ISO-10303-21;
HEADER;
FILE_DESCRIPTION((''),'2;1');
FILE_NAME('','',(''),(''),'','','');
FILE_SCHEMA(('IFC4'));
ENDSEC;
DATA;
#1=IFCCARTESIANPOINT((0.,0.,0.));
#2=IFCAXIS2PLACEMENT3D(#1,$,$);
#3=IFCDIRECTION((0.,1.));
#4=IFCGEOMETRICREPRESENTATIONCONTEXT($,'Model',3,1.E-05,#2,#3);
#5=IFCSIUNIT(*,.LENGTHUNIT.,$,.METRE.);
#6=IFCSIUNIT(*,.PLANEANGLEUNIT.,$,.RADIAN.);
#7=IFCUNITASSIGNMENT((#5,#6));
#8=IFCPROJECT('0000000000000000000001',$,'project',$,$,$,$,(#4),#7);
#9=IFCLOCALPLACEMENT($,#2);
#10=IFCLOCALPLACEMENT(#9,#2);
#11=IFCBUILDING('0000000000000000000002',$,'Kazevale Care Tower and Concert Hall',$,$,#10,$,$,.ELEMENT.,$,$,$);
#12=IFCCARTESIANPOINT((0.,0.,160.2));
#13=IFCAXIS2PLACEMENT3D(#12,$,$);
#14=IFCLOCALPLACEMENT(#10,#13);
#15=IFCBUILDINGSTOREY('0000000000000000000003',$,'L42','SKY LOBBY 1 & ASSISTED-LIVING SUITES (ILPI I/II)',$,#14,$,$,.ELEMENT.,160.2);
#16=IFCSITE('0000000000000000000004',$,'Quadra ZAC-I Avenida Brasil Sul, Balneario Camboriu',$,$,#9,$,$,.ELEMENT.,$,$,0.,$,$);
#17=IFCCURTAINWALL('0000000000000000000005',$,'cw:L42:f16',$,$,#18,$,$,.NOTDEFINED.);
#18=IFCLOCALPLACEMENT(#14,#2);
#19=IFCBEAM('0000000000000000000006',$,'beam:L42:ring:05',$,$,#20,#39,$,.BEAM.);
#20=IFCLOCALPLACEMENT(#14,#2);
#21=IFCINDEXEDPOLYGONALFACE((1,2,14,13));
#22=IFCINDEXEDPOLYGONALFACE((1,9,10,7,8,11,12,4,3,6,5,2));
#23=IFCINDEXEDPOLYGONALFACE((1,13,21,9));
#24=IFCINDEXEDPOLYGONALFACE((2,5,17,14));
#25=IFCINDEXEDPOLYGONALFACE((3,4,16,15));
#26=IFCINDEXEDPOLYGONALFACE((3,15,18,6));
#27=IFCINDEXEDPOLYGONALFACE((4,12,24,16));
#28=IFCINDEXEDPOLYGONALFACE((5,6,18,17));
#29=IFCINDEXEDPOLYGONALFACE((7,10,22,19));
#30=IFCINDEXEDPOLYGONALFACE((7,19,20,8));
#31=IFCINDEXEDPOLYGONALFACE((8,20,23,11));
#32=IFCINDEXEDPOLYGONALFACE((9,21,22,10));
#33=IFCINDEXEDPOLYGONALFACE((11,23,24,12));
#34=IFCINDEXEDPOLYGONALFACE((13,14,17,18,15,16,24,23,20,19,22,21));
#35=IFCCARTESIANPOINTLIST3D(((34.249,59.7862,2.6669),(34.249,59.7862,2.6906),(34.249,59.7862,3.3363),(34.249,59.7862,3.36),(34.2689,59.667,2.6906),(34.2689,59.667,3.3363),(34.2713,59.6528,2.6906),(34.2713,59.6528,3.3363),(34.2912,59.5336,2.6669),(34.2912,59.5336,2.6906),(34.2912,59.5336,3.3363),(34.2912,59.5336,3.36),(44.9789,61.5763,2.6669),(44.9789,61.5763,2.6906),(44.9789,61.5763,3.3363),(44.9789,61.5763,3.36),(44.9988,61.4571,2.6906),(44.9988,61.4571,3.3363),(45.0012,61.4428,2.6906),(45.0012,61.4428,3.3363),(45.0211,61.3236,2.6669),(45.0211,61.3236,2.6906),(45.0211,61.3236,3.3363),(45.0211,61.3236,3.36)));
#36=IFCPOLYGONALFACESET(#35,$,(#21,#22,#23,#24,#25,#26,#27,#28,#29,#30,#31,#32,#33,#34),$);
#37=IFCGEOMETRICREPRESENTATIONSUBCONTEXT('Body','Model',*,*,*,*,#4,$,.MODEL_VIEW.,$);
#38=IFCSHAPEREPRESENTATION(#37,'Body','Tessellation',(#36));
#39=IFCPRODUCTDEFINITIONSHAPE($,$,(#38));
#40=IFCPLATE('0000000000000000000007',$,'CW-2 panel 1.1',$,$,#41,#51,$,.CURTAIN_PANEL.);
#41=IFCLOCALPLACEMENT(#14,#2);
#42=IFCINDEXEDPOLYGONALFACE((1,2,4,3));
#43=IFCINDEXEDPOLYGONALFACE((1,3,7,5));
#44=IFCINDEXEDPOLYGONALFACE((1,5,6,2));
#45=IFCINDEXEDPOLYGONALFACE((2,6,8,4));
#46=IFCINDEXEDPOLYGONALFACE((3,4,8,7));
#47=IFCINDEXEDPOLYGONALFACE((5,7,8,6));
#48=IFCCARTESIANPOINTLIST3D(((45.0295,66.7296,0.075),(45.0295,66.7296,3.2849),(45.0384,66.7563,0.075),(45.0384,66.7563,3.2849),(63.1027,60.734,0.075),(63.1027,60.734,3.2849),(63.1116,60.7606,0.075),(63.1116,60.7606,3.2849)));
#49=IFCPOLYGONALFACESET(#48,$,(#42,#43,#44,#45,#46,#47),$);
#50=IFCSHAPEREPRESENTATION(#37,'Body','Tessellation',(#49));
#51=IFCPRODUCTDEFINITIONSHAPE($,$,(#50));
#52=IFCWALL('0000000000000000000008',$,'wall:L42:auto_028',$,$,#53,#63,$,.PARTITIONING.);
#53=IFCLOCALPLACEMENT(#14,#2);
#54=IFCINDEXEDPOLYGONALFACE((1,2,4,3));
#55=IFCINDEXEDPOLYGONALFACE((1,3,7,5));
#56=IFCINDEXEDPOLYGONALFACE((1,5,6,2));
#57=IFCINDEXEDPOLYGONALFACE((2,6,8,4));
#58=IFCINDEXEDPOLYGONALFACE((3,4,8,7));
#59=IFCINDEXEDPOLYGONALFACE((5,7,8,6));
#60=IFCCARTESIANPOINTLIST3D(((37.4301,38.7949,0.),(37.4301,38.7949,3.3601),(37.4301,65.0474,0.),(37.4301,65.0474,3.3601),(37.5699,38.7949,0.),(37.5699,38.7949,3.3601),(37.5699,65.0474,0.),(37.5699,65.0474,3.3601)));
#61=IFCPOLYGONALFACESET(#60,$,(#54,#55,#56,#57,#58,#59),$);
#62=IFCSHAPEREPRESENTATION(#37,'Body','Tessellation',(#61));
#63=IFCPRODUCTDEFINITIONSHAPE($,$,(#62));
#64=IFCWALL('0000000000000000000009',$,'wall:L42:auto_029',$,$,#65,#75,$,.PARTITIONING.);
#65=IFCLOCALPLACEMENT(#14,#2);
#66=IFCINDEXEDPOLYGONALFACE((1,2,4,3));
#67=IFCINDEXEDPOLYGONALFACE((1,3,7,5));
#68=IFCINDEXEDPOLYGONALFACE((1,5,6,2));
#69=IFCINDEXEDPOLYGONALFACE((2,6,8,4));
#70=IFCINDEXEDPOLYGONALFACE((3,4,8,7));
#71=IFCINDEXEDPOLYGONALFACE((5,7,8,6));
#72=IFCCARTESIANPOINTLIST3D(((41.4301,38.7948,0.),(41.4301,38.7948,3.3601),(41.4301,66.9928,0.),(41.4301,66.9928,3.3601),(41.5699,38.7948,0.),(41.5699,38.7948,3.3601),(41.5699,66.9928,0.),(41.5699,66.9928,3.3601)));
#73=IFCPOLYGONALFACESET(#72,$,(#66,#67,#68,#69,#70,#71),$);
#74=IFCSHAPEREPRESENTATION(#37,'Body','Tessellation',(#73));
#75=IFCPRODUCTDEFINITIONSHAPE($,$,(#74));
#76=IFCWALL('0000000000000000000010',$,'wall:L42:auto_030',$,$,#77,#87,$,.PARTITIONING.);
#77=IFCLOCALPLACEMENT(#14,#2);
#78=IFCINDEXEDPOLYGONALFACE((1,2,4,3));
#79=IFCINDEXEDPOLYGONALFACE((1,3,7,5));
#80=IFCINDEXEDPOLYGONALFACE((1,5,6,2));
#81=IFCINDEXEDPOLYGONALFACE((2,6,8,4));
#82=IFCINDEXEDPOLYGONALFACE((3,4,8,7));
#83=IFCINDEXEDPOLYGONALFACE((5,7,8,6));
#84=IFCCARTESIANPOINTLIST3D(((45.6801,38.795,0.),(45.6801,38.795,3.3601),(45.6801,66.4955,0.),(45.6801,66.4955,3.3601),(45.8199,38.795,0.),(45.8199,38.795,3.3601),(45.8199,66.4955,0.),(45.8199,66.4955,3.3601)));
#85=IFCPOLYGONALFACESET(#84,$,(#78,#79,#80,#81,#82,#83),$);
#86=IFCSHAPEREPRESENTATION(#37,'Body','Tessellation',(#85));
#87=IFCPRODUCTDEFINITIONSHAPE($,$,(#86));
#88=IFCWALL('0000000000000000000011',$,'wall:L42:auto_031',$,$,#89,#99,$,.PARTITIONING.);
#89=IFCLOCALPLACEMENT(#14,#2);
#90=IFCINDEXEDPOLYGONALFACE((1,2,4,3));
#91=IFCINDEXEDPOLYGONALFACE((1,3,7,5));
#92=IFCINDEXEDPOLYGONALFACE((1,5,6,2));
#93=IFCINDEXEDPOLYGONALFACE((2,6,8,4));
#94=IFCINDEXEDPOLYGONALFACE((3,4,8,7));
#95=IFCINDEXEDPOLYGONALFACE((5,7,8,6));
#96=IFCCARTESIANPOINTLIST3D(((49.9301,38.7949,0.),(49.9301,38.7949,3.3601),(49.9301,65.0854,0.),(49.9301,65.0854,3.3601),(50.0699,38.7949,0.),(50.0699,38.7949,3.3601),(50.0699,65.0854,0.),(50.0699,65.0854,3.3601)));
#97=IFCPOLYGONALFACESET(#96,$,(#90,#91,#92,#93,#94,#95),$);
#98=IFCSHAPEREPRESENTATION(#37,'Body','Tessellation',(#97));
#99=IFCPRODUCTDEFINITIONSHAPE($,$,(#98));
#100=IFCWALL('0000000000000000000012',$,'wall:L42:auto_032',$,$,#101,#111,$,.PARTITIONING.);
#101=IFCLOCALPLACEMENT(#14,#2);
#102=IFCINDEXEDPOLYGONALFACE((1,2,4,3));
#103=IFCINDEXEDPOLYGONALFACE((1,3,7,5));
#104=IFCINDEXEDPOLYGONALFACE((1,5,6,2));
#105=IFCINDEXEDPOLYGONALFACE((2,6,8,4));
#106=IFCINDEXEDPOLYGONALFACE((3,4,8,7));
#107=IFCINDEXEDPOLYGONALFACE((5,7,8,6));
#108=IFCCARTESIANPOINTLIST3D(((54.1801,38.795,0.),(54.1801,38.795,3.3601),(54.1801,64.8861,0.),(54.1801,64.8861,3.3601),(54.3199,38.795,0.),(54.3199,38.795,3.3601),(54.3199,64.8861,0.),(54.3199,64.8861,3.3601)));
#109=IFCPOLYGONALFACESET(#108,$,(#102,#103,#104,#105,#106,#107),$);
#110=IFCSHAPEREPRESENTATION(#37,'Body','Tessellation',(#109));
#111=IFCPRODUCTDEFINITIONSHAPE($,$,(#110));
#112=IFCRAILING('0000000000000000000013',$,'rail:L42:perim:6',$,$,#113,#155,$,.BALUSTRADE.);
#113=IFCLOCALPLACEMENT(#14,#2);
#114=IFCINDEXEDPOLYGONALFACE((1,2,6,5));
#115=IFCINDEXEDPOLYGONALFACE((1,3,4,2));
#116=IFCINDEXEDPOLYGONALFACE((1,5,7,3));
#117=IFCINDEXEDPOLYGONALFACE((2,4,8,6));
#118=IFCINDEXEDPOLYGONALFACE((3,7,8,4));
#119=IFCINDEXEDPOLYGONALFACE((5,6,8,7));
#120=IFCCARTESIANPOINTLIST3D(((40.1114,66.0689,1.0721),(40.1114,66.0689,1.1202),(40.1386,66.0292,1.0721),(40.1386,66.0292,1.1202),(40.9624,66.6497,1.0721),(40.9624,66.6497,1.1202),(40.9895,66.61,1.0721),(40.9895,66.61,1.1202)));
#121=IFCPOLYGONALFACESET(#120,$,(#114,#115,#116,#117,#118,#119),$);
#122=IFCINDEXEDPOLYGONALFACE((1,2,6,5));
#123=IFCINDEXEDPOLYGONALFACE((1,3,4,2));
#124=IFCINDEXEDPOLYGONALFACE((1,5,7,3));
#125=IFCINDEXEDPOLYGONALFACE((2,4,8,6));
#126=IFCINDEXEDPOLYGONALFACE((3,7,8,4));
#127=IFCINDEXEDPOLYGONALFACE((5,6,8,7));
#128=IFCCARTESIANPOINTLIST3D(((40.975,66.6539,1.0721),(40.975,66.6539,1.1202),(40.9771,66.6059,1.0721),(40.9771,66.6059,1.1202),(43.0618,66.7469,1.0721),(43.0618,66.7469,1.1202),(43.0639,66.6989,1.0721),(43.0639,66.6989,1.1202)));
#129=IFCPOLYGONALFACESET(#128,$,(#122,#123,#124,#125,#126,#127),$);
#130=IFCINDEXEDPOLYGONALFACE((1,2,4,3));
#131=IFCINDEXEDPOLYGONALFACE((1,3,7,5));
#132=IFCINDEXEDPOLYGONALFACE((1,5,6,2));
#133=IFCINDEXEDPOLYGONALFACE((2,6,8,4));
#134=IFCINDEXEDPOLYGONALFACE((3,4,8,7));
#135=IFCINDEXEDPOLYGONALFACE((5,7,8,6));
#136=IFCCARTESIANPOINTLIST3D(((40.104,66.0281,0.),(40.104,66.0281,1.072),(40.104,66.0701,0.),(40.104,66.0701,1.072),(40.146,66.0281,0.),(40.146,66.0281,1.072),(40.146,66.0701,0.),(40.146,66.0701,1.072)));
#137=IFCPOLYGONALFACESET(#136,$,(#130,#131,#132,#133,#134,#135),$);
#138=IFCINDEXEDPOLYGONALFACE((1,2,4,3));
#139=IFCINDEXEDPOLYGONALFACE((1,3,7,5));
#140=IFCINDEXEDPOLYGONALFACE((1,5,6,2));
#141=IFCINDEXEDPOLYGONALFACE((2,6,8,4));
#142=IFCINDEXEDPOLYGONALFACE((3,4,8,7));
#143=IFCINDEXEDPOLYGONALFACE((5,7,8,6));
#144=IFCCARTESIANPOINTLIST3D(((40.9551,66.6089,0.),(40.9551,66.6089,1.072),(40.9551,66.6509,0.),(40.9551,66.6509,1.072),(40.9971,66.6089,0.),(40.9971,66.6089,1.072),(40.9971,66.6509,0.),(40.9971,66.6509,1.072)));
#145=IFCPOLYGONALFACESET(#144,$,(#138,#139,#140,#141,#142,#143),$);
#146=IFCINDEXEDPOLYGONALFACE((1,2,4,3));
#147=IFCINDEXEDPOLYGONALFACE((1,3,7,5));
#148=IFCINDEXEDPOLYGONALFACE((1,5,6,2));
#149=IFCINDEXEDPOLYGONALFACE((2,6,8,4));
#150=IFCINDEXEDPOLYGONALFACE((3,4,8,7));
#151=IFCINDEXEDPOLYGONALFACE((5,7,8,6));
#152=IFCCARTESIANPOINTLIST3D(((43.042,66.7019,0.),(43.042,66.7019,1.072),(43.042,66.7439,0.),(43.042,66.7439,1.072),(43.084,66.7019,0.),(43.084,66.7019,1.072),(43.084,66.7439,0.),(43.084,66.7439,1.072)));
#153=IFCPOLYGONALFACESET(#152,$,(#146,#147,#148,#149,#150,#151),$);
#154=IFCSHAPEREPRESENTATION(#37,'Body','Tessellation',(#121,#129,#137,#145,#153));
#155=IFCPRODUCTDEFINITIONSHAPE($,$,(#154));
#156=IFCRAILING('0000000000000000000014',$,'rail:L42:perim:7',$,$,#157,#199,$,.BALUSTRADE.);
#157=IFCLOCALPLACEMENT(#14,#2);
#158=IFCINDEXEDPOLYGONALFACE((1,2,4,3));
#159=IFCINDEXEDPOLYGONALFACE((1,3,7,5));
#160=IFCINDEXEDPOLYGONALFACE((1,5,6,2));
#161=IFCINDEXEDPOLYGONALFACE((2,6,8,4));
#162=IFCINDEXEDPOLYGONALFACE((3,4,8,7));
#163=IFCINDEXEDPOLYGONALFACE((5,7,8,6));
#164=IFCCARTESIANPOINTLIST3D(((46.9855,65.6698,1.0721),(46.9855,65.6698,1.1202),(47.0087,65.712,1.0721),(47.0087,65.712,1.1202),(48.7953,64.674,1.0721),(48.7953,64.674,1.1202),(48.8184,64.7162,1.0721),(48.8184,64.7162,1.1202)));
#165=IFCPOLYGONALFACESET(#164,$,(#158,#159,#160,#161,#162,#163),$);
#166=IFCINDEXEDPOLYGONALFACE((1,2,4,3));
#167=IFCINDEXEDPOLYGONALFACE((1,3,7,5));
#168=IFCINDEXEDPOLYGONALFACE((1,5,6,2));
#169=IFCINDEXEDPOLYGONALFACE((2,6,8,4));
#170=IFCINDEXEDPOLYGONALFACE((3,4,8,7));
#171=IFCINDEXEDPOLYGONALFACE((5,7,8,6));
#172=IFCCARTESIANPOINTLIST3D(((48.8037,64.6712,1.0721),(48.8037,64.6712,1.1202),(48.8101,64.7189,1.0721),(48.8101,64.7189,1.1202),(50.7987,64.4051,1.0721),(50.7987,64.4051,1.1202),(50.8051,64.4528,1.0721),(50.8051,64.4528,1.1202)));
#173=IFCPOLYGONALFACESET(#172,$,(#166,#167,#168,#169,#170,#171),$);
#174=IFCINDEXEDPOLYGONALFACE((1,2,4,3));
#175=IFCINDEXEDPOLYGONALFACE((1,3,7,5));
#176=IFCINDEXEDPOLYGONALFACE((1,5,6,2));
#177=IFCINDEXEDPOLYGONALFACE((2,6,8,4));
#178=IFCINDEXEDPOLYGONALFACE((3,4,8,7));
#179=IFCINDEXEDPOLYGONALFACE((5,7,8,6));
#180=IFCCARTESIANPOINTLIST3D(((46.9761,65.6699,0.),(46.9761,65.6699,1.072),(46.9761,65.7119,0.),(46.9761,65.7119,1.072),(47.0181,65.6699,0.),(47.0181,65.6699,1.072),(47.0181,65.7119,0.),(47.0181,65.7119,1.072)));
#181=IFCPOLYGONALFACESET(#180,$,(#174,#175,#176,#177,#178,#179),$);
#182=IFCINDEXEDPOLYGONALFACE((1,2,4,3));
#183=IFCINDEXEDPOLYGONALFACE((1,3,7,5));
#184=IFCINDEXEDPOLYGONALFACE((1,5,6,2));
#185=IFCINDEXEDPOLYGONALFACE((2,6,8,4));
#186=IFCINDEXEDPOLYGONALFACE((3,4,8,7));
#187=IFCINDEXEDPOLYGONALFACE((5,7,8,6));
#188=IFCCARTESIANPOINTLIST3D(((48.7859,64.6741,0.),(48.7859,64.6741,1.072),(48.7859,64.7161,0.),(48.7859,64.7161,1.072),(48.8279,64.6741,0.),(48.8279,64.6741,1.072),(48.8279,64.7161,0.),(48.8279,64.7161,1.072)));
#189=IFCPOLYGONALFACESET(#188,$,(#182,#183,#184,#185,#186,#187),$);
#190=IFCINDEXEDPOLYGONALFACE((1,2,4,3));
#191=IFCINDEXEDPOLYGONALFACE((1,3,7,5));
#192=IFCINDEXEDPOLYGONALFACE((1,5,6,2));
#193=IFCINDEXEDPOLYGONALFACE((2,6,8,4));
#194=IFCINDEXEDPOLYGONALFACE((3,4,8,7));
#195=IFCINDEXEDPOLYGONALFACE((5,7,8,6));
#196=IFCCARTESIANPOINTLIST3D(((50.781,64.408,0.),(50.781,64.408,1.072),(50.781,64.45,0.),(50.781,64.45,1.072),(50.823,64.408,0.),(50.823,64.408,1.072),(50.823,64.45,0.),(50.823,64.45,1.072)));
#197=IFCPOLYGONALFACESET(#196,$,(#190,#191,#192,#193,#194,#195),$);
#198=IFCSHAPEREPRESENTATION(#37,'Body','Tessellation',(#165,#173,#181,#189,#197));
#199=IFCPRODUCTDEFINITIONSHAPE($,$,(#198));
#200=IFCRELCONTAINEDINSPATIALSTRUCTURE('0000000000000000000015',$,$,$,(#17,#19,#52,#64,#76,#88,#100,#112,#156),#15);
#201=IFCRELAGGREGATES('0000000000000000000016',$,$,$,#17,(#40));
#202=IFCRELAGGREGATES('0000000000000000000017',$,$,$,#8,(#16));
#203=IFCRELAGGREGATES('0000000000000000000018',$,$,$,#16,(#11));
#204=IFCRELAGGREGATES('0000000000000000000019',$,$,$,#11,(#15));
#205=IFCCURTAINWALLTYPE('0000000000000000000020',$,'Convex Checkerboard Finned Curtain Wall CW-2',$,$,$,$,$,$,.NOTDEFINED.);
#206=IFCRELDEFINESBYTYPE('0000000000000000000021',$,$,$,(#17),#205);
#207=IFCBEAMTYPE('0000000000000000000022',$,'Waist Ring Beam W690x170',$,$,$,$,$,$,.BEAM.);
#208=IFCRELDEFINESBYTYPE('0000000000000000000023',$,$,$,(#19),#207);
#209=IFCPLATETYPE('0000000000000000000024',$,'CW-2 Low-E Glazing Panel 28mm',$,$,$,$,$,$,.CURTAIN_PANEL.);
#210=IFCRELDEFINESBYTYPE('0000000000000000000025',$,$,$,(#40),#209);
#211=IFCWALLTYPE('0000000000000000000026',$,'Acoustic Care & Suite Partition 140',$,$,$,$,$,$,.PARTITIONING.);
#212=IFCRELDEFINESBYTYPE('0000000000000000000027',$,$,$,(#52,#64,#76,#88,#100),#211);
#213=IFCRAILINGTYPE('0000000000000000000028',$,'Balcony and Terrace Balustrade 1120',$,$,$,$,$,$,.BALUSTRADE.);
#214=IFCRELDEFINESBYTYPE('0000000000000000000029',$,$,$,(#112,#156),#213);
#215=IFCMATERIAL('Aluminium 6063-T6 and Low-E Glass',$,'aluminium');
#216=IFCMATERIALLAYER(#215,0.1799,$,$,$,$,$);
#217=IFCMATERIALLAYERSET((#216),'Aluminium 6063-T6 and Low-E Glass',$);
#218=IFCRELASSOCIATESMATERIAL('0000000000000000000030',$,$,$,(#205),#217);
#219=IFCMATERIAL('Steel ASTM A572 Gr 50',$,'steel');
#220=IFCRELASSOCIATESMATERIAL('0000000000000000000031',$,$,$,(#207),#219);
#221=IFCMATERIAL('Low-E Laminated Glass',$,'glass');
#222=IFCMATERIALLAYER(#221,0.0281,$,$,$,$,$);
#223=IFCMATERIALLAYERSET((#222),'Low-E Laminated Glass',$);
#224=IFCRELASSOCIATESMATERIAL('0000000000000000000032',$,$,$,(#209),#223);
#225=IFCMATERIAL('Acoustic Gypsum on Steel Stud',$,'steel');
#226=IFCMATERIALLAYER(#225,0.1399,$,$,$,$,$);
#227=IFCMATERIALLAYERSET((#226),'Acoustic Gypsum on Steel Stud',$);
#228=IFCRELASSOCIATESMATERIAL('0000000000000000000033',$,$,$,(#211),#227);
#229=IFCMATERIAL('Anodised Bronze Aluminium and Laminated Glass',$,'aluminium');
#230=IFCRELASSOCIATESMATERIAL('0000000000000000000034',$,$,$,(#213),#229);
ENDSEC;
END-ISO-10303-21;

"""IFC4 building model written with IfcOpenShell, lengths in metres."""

from ifc_helpers import new_model, si_unit, direction, frame, frame_2d, origin, origin_2d, place, context, subcontext, project, spatial, rectangle, i_section, extrude, material, layer, layer_set, material_profile, profile_set, type_object, element, aggregate, save


model = new_model("IFC4")

# Units and contexts
model_context = context("Model", 3, precision=1e-05, world=origin(), true_north=direction((0.0, 1.0)))
body_context = subcontext(model_context, "Body", "Model", "MODEL_VIEW")
ifc_project = project(units=[si_unit("LENGTHUNIT", "METRE"), si_unit("PLANEANGLEUNIT", "RADIAN")], contexts=[model_context])

# Site, building, storey
site_placement = place(None, origin())
site = spatial("IfcSite", under=ifc_project, at=site_placement, Name="Quadra ZAC-I Avenida Brasil Sul, Balneario Camboriu", CompositionType="ELEMENT", RefElevation=0.0)
building_placement = place(site_placement, origin())
building = spatial("IfcBuilding", under=site, at=building_placement, Name="Kazevale Care Tower and Concert Hall", CompositionType="ELEMENT")
storey_placement = place(building_placement, frame((0.0, 0.0, 160.2)))
storey = spatial("IfcBuildingStorey", under=building, at=storey_placement, Name="L42", Description="SKY LOBBY 1 & ASSISTED-LIVING SUITES (ILPI I/II)", CompositionType="ELEMENT", Elevation=160.2)

# Curtain wall
ifc_material_1 = material(Name="Aluminium 6063-T6 and Low-E Glass", Category="aluminium")
ifc_layer_1 = layer(ifc_material_1, 0.1799)
ifc_layer_set_1 = layer_set([ifc_layer_1], Name="Aluminium 6063-T6 and Low-E Glass")
curtain_wall_type_1 = type_object("IfcCurtainWallType", Name="Convex Checkerboard Finned Curtain Wall CW-2", PredefinedType="NOTDEFINED", material=ifc_layer_set_1)
curtain_wall_1_placement = place(storey_placement, origin())
curtain_wall_1 = element("IfcCurtainWall", 1, at=curtain_wall_1_placement, inside=storey, type_object=curtain_wall_type_1, Name="cw:L42:f16", PredefinedType="NOTDEFINED")

# Beam
ifc_material_2 = material(Name="Steel ASTM A572 Gr 50", Category="steel")
ifc_material_profile_1 = material_profile(ifc_material_2, i_section(OverallWidth=0.2561, OverallDepth=0.6931, WebThickness=0.0144, FlangeThickness=0.0237, at=origin_2d()), Name="W690x170")
ifc_profile_set_1 = profile_set([ifc_material_profile_1], Name="Steel ASTM A572 Gr 50")
beam_type_1 = type_object("IfcBeamType", Name="Waist Ring Beam W690x170", PredefinedType="BEAM", material=ifc_profile_set_1)
beam_1_placement = place(storey_placement, frame((45.0, 61.45, 3.0134), z_axis=(-0.986368, -0.164552, 0.0), x_axis=(0.164552, -0.986368, 0.0)))
element("IfcBeam", 2, at=beam_1_placement, inside=storey, type_object=beam_type_1, Name="beam:L42:ring:05", PredefinedType="BEAM", context=body_context, shape_type="SweptSolid", body=[
    extrude(i_section(OverallWidth=0.2561, OverallDepth=0.6931, WebThickness=0.0144, FlangeThickness=0.0237, at=origin_2d()), origin(), (0.0, 0.0, 1.0), 10.8782),
])

# Plate
ifc_material_3 = material(Name="Low-E Laminated Glass", Category="glass")
ifc_layer_2 = layer(ifc_material_3, 0.0281)
ifc_layer_set_2 = layer_set([ifc_layer_2], Name="Low-E Laminated Glass")
plate_type = type_object("IfcPlateType", Name="CW-2 Low-E Glazing Panel 28mm", PredefinedType="CURTAIN_PANEL", material=ifc_layer_set_2)
plate_placement = place(storey_placement, frame((54.0706, 63.7451, 0.075), z_axis=(0.0, 0.0, 1.0), x_axis=(0.949135, -0.314868, 0.0)))
plate = element("IfcPlate", 3, at=plate_placement, type_object=plate_type, Name="CW-2 panel 1.1", PredefinedType="CURTAIN_PANEL", context=body_context, shape_type="SweptSolid", body=[
    extrude(rectangle(XDim=19.0417, YDim=0.0281, at=origin_2d()), origin(), (0.0, 0.0, 1.0), 3.21),
])
aggregate(curtain_wall_1, [plate])

# Walls
ifc_material_4 = material(Name="Acoustic Gypsum on Steel Stud", Category="steel")
ifc_layer_3 = layer(ifc_material_4, 0.1399)
ifc_layer_set_3 = layer_set([ifc_layer_3], Name="Acoustic Gypsum on Steel Stud")
wall_type = type_object("IfcWallType", Name="Acoustic Care & Suite Partition 140", PredefinedType="PARTITIONING", material=ifc_layer_set_3)
wall_1_placement = place(storey_placement, frame((37.5, 65.0474, 0.0), z_axis=(0.0, 0.0, 1.0), x_axis=(0.0, -1.0, 0.0)))
element("IfcWall", 4, at=wall_1_placement, inside=storey, type_object=wall_type, Name="wall:L42:auto_028", PredefinedType="PARTITIONING", context=body_context, shape_type="SweptSolid", body=[
    extrude(rectangle(XDim=26.2524, YDim=0.1399, at=frame_2d((13.1262, 0.0))), origin(), (0.0, 0.0, 1.0), 3.3601),
])
wall_2_placement = place(storey_placement, frame((41.5, 66.9929, 0.0), z_axis=(0.0, 0.0, 1.0), x_axis=(0.0, -1.0, 0.0)))
element("IfcWall", 5, at=wall_2_placement, inside=storey, type_object=wall_type, Name="wall:L42:auto_029", PredefinedType="PARTITIONING", context=body_context, shape_type="SweptSolid", body=[
    extrude(rectangle(XDim=28.198, YDim=0.1399, at=frame_2d((14.0991, 0.0))), origin(), (0.0, 0.0, 1.0), 3.3601),
])
wall_3_placement = place(storey_placement, frame((45.75, 66.4954, 0.0), z_axis=(0.0, 0.0, 1.0), x_axis=(0.0, -1.0, 0.0)))
element("IfcWall", 6, at=wall_3_placement, inside=storey, type_object=wall_type, Name="wall:L42:auto_030", PredefinedType="PARTITIONING", context=body_context, shape_type="SweptSolid", body=[
    extrude(rectangle(XDim=27.7004, YDim=0.1399, at=frame_2d((13.8501, 0.0))), origin(), (0.0, 0.0, 1.0), 3.3601),
])
wall_4_placement = place(storey_placement, frame((50.0, 65.0854, 0.0), z_axis=(0.0, 0.0, 1.0), x_axis=(0.0, -1.0, 0.0)))
element("IfcWall", 7, at=wall_4_placement, inside=storey, type_object=wall_type, Name="wall:L42:auto_031", PredefinedType="PARTITIONING", context=body_context, shape_type="SweptSolid", body=[
    extrude(rectangle(XDim=26.2905, YDim=0.1399, at=frame_2d((13.1453, 0.0))), origin(), (0.0, 0.0, 1.0), 3.3601),
])
wall_5_placement = place(storey_placement, frame((54.25, 64.886, 0.0), z_axis=(0.0, 0.0, 1.0), x_axis=(0.0, -1.0, 0.0)))
element("IfcWall", 8, at=wall_5_placement, inside=storey, type_object=wall_type, Name="wall:L42:auto_032", PredefinedType="PARTITIONING", context=body_context, shape_type="SweptSolid", body=[
    extrude(rectangle(XDim=26.0911, YDim=0.1399, at=frame_2d((13.0454, 0.0))), origin(), (0.0, 0.0, 1.0), 3.3601),
])

# Railings
ifc_material_5 = material(Name="Anodised Bronze Aluminium and Laminated Glass", Category="aluminium")
railing_type = type_object("IfcRailingType", Name="Balcony and Terrace Balustrade 1120", PredefinedType="BALUSTRADE", material=ifc_material_5)
railing_1_placement = place(storey_placement, frame((40.125, 66.0491, 0.0)))
element("IfcRailing", 9, at=railing_1_placement, inside=storey, type_object=railing_type, Name="rail:L42:perim:6", PredefinedType="BALUSTRADE", context=body_context, shape_type="SweptSolid", body=[
    extrude(rectangle(XDim=0.0481, YDim=0.0481, at=origin_2d()), frame((0.0, 0.0, 1.0962), z_axis=(0.825987, 0.56369, 0.0), x_axis=(-0.56369, 0.825987, 0.0)), (0.0, 0.0, 1.0), 1.0303),
    extrude(rectangle(XDim=0.0481, YDim=0.0481, at=origin_2d()), frame((0.8511, 0.5808, 1.0962), z_axis=(0.999008, 0.044528, 0.0), x_axis=(-0.044528, 0.999008, 0.0)), (0.0, 0.0, 1.0), 2.0889),
    extrude(rectangle(XDim=0.042, YDim=0.042, at=origin_2d()), origin(), (0.0, 0.0, 1.0), 1.072),
    extrude(rectangle(XDim=0.042, YDim=0.042, at=origin_2d()), frame((0.8511, 0.5808, 0.0)), (0.0, 0.0, 1.0), 1.072),
    extrude(rectangle(XDim=0.042, YDim=0.042, at=origin_2d()), frame((2.938, 0.6738, 0.0)), (0.0, 0.0, 1.0), 1.072),
])
railing_2_placement = place(storey_placement, frame((46.9971, 65.6909, 0.0)))
element("IfcRailing", 10, at=railing_2_placement, inside=storey, type_object=railing_type, Name="rail:L42:perim:7", PredefinedType="BALUSTRADE", context=body_context, shape_type="SweptSolid", body=[
    extrude(rectangle(XDim=0.0481, YDim=0.0481, at=origin_2d()), frame((0.0, 0.0, 1.0962), z_axis=(0.876124, -0.482087, 0.0), x_axis=(0.482087, 0.876124, 0.0)), (0.0, 0.0, 1.0), 2.0657),
    extrude(rectangle(XDim=0.0481, YDim=0.0481, at=origin_2d()), frame((1.8098, -0.9958, 1.0962), z_axis=(0.991222, -0.132211, 0.0), x_axis=(0.132211, 0.991222, 0.0)), (0.0, 0.0, 1.0), 2.0127),
    extrude(rectangle(XDim=0.042, YDim=0.042, at=origin_2d()), origin(), (0.0, 0.0, 1.0), 1.072),
    extrude(rectangle(XDim=0.042, YDim=0.042, at=origin_2d()), frame((1.8098, -0.9958, 0.0)), (0.0, 0.0, 1.0), 1.072),
    extrude(rectangle(XDim=0.042, YDim=0.042, at=origin_2d()), frame((3.8049, -1.262, 0.0)), (0.0, 0.0, 1.0), 1.072),
])

save(model, "model.ifc")
